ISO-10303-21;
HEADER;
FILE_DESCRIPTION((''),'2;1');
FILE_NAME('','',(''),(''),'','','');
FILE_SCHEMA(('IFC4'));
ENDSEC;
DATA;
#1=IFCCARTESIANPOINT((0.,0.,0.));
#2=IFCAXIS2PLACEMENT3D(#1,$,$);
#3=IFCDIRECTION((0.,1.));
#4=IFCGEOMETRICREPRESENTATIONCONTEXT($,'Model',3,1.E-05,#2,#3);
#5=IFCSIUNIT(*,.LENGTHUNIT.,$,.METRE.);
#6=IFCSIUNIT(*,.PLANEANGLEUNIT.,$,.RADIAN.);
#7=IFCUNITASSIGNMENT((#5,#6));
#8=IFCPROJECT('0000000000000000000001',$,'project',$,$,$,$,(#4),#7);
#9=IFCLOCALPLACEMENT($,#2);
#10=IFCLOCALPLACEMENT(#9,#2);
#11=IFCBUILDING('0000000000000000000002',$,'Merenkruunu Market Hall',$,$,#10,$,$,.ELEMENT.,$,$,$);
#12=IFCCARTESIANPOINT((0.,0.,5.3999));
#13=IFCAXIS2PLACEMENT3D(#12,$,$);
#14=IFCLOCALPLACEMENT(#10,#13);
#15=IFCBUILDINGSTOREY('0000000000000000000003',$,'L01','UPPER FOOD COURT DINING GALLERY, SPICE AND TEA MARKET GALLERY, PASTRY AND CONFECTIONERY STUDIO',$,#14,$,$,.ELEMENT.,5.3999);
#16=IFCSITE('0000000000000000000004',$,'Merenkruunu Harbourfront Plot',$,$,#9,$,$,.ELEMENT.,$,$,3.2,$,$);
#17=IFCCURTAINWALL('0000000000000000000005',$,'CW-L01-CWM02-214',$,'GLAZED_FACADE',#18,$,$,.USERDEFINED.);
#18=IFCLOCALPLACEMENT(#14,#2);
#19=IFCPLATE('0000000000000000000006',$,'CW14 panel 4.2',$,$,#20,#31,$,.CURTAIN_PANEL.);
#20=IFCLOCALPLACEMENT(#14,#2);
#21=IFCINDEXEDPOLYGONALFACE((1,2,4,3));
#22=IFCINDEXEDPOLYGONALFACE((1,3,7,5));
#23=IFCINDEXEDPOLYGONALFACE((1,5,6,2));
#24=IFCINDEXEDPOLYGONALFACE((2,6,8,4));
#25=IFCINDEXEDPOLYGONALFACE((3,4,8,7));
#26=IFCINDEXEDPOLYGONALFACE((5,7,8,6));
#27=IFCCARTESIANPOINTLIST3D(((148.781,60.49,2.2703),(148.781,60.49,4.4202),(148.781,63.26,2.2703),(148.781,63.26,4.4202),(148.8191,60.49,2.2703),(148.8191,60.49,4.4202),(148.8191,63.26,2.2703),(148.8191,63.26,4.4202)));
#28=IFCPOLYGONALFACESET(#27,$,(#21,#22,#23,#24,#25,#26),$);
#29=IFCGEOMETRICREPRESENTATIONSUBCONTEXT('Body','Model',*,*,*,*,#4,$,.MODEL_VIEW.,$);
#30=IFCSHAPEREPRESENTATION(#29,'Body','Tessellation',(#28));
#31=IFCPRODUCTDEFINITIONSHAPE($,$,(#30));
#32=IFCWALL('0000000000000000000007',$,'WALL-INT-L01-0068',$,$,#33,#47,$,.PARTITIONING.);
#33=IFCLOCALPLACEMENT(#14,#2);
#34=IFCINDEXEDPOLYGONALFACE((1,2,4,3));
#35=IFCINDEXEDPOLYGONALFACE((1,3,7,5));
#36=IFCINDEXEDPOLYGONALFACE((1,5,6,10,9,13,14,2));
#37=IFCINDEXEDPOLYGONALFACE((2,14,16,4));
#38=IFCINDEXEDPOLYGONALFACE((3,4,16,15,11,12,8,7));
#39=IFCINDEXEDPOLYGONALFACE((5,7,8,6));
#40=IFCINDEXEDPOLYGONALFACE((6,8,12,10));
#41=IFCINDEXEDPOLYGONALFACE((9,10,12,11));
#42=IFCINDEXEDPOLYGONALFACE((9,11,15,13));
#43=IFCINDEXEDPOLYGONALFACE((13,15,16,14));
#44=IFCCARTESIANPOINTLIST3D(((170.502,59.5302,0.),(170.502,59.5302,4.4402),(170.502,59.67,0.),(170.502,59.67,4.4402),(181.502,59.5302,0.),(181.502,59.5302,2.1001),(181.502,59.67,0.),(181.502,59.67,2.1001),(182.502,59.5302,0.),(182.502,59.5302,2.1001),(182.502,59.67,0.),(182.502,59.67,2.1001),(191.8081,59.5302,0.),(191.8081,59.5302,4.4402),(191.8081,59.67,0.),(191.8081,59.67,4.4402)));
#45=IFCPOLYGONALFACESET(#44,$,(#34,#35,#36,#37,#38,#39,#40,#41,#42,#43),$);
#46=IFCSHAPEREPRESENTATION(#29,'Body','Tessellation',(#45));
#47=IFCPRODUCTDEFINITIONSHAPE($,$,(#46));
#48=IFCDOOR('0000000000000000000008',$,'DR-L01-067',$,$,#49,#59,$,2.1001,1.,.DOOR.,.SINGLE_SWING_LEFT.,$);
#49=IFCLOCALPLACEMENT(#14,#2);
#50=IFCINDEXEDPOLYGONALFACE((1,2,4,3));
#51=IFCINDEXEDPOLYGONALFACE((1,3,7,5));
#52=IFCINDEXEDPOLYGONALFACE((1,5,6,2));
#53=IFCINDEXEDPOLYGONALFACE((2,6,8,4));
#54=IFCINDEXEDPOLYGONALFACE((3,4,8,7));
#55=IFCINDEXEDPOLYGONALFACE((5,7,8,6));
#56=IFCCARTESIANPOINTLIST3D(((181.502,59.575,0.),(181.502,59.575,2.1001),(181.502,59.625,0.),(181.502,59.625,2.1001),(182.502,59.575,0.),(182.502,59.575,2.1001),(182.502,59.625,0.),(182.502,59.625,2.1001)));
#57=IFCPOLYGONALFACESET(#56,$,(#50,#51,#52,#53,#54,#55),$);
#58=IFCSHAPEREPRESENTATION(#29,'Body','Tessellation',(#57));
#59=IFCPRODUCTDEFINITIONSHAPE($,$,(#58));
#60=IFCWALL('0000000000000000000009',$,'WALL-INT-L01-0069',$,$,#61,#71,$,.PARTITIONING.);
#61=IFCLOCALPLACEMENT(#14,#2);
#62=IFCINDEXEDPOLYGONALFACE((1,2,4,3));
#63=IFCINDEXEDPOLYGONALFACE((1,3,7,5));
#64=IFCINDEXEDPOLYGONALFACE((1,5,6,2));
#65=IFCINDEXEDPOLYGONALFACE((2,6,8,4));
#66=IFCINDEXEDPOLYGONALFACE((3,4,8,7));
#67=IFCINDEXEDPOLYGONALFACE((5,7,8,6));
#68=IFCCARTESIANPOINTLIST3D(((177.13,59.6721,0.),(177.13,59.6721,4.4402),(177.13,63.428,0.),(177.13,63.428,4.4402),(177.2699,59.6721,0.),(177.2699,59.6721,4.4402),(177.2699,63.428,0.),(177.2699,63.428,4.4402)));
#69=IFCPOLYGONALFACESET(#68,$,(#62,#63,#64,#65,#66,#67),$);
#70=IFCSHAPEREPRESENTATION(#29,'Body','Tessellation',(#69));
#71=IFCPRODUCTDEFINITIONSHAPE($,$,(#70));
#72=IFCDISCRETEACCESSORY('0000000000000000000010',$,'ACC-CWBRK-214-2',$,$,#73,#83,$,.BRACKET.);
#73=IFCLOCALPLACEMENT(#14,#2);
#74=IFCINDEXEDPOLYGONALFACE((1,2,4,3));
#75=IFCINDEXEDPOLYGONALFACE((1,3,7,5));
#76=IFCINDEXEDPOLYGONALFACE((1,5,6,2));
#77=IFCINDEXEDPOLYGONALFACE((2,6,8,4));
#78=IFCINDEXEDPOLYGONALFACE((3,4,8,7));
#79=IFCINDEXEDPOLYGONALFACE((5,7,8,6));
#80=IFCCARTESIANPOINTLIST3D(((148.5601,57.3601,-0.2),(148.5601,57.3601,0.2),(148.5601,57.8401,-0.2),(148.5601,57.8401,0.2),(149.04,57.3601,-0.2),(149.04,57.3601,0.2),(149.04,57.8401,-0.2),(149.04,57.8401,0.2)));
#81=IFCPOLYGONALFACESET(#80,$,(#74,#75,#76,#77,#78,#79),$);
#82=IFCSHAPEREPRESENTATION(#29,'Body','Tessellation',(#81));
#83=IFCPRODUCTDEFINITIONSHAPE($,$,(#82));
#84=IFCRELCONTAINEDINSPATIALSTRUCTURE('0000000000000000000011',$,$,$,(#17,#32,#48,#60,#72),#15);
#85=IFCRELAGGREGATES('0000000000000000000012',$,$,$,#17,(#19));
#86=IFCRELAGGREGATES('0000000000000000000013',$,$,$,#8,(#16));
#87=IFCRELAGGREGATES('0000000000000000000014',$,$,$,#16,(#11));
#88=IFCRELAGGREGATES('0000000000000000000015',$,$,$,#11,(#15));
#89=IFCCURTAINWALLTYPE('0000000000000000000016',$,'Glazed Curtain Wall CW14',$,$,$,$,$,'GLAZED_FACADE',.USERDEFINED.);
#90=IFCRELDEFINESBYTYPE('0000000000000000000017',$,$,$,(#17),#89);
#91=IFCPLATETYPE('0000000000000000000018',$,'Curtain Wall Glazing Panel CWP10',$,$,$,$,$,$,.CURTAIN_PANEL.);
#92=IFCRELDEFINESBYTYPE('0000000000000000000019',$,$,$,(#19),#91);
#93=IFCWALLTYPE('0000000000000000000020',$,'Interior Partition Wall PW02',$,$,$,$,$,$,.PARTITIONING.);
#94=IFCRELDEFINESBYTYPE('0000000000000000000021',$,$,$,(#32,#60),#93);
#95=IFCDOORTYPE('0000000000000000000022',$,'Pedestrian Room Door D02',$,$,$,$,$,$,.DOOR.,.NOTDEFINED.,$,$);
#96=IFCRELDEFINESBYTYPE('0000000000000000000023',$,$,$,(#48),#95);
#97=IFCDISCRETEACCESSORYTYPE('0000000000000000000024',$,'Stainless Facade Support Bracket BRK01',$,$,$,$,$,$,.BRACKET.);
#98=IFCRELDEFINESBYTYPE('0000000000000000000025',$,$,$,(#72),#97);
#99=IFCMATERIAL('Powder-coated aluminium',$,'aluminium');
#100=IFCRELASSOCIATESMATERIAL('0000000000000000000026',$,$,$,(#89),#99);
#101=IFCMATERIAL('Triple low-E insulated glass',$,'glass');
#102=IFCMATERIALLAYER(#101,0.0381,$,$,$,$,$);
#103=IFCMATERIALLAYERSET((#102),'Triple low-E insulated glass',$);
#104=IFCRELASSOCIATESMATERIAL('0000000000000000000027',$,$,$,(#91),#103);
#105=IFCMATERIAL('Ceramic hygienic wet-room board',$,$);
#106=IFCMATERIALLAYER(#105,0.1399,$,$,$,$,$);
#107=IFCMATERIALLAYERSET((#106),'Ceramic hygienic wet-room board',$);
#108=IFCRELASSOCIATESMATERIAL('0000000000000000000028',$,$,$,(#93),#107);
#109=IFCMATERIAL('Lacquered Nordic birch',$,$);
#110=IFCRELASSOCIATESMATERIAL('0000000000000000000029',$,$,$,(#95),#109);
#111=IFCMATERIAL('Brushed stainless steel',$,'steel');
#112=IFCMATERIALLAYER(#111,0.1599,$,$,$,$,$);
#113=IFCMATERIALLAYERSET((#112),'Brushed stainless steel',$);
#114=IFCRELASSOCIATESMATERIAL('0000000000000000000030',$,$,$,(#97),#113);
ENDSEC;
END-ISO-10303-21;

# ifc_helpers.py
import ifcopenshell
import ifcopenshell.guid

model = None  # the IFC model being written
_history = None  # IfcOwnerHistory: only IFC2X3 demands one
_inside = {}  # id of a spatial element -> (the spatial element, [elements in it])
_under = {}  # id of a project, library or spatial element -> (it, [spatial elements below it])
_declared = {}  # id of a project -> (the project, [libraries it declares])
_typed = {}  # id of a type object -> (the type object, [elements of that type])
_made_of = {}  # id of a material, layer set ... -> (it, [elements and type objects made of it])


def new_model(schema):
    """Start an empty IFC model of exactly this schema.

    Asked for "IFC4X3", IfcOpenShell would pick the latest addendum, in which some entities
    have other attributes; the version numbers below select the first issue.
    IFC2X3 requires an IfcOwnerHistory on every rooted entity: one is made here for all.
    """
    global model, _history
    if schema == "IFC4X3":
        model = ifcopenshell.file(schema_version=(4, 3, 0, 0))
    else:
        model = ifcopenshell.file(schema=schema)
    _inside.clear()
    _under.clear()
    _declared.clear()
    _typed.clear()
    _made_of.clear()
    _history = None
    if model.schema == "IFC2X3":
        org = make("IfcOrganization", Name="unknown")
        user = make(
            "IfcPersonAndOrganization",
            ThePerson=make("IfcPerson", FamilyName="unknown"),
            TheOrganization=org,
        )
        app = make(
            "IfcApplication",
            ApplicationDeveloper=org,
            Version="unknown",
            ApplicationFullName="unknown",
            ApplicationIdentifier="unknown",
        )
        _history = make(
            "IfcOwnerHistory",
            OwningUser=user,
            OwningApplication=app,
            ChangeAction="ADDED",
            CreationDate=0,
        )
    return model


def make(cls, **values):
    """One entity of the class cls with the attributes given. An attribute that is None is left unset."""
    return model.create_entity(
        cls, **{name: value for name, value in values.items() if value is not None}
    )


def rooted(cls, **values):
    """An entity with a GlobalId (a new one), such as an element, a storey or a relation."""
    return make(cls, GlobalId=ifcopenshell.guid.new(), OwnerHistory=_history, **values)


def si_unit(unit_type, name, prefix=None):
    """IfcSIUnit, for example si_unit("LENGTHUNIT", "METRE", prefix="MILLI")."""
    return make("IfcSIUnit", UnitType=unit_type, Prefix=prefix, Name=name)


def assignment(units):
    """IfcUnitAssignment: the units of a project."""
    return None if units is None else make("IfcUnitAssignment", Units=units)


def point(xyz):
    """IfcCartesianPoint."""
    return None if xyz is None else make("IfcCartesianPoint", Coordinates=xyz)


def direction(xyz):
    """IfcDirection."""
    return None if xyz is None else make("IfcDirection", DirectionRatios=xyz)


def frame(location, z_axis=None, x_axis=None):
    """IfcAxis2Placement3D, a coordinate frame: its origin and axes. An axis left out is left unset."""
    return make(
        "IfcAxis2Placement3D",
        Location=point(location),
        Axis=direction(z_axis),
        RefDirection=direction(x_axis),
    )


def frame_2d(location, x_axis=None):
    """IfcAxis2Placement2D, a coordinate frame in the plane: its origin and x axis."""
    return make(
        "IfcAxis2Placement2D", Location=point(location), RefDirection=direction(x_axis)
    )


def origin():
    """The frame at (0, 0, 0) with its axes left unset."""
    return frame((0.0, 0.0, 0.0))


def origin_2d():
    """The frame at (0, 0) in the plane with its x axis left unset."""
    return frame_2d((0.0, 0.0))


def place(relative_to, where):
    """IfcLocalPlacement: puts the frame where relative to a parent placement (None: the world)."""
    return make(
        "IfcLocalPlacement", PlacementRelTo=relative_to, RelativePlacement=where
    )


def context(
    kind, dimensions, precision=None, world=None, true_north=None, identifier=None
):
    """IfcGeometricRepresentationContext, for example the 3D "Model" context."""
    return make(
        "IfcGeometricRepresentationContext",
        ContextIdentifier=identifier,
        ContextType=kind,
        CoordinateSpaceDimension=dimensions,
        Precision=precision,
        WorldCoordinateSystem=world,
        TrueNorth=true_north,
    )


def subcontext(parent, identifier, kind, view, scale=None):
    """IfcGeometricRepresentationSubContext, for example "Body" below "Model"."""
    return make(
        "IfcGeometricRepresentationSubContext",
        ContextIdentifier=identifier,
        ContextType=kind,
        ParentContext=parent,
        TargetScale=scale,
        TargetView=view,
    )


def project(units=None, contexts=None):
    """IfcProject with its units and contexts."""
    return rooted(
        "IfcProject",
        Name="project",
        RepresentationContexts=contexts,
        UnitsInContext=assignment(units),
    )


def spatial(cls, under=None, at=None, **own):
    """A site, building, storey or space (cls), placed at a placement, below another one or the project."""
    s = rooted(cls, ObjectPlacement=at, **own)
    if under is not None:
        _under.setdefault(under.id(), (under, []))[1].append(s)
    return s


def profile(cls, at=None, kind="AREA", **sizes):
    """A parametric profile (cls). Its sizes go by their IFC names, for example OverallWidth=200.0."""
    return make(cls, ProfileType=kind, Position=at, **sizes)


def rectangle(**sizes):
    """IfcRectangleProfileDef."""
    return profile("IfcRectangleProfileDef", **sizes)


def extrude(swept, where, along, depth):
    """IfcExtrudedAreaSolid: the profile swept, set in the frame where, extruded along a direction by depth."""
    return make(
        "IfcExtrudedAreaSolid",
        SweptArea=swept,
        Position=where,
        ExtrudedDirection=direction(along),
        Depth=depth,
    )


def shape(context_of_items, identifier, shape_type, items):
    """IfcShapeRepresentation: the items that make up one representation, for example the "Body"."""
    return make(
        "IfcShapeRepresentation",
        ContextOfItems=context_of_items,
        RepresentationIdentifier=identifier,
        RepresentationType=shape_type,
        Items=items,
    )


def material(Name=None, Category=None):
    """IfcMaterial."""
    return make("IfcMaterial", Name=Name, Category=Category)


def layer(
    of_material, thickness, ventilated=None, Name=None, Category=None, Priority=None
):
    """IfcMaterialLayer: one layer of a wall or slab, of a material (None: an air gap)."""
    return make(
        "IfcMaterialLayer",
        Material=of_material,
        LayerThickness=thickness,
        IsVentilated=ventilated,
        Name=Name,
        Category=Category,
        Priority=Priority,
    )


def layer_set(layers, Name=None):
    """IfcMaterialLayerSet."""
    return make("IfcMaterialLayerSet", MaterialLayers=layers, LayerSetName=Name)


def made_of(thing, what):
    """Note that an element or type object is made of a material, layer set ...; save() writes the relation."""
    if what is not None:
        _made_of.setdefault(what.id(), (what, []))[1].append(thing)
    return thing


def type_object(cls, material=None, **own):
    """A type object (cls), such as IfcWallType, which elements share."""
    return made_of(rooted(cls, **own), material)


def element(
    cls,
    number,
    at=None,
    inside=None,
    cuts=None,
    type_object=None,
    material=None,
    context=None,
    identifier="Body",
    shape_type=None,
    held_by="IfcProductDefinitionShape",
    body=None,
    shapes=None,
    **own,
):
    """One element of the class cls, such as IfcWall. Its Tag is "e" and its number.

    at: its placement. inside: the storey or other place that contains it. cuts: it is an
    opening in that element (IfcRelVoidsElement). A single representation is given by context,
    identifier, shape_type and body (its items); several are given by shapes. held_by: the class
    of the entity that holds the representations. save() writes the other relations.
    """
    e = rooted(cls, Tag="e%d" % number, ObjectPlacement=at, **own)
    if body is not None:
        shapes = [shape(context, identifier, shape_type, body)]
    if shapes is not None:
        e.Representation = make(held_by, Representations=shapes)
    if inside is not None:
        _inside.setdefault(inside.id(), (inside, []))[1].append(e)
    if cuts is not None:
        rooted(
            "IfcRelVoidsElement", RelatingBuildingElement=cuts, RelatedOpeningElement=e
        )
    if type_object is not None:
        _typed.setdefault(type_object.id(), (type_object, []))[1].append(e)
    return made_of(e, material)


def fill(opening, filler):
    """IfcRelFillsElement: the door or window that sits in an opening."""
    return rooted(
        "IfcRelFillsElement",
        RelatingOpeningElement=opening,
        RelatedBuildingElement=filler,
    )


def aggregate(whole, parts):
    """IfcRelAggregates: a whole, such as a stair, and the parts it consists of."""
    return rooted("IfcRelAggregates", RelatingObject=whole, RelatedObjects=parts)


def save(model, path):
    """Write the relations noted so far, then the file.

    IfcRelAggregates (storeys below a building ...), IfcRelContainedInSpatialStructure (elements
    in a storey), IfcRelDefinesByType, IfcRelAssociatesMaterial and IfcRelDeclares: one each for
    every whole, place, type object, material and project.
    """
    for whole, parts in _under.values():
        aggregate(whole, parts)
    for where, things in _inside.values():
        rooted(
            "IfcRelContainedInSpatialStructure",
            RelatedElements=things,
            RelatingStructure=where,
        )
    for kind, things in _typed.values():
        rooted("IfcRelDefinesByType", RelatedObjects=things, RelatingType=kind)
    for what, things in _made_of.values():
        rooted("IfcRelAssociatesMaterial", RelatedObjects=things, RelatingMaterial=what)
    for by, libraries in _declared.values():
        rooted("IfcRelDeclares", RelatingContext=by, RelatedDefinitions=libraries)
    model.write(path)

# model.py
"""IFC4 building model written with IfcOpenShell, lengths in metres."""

from ifc_helpers import new_model, si_unit, direction, frame, frame_2d, origin, origin_2d, place, context, subcontext, project, spatial, rectangle, extrude, material, layer, layer_set, type_object, element, fill, aggregate, save


model = new_model("IFC4")

# Units and contexts
model_context = context("Model", 3, precision=1e-05, world=origin(), true_north=direction((0.0, 1.0)))
body_context = subcontext(model_context, "Body", "Model", "MODEL_VIEW")
ifc_project = project(units=[si_unit("LENGTHUNIT", "METRE"), si_unit("PLANEANGLEUNIT", "RADIAN")], contexts=[model_context])

# Site, building, storey
site_placement = place(None, origin())
site = spatial("IfcSite", under=ifc_project, at=site_placement, Name="Merenkruunu Harbourfront Plot", CompositionType="ELEMENT", RefElevation=3.2)
building_placement = place(site_placement, origin())
building = spatial("IfcBuilding", under=site, at=building_placement, Name="Merenkruunu Market Hall", CompositionType="ELEMENT")
storey_placement = place(building_placement, frame((0.0, 0.0, 5.3999)))
storey = spatial("IfcBuildingStorey", under=building, at=storey_placement, Name="L01", Description="UPPER FOOD COURT DINING GALLERY, SPICE AND TEA MARKET GALLERY, PASTRY AND CONFECTIONERY STUDIO", CompositionType="ELEMENT", Elevation=5.3999)

# Curtain wall
ifc_material_1 = material(Name="Powder-coated aluminium", Category="aluminium")
curtain_wall_type = type_object("IfcCurtainWallType", Name="Glazed Curtain Wall CW14", ElementType="GLAZED_FACADE", PredefinedType="USERDEFINED", material=ifc_material_1)
curtain_wall_placement = place(storey_placement, origin())
curtain_wall = element("IfcCurtainWall", 1, at=curtain_wall_placement, inside=storey, type_object=curtain_wall_type, Name="CW-L01-CWM02-214", ObjectType="GLAZED_FACADE", PredefinedType="USERDEFINED")

# Plate
ifc_material_2 = material(Name="Triple low-E insulated glass", Category="glass")
ifc_layer_1 = layer(ifc_material_2, 0.0381)
ifc_layer_set_1 = layer_set([ifc_layer_1], Name="Triple low-E insulated glass")
plate_type = type_object("IfcPlateType", Name="Curtain Wall Glazing Panel CWP10", PredefinedType="CURTAIN_PANEL", material=ifc_layer_set_1)
plate_1_placement = place(storey_placement, frame((148.8, 61.875, 2.2703), z_axis=(0.0, 0.0, 1.0), x_axis=(0.0, 1.0, 0.0)))
plate_1 = element("IfcPlate", 2, at=plate_1_placement, type_object=plate_type, Name="CW14 panel 4.2", PredefinedType="CURTAIN_PANEL", context=body_context, shape_type="SweptSolid", body=[
    extrude(rectangle(XDim=2.77, YDim=0.0381, at=origin_2d()), origin(), (0.0, 0.0, 1.0), 2.1499),
])
aggregate(curtain_wall, [plate_1])

# Wall, opening, door
ifc_material_3 = material(Name="Ceramic hygienic wet-room board")
ifc_layer_2 = layer(ifc_material_3, 0.1399)
ifc_layer_set_2 = layer_set([ifc_layer_2], Name="Ceramic hygienic wet-room board")
wall_type = type_object("IfcWallType", Name="Interior Partition Wall PW02", PredefinedType="PARTITIONING", material=ifc_layer_set_2)
wall_1_placement = place(storey_placement, frame((170.502, 59.6001, 0.0), z_axis=(0.0, 0.0, 1.0), x_axis=(1.0, 0.0, 0.0)))
wall_1 = element("IfcWall", 3, at=wall_1_placement, inside=storey, type_object=wall_type, Name="WALL-INT-L01-0068", PredefinedType="PARTITIONING", context=body_context, shape_type="SweptSolid", body=[
    extrude(rectangle(XDim=21.3062, YDim=0.1399, at=frame_2d((10.6531, 0.0))), origin(), (0.0, 0.0, 1.0), 4.4402),
])
opening_placement = place(wall_1_placement, frame((11.0, 0.0, 0.0)))
opening = element("IfcOpeningElement", 4, at=opening_placement, cuts=wall_1, PredefinedType="OPENING", context=body_context, shape_type="SweptSolid", body=[
    extrude(rectangle(XDim=1.0, YDim=2.1001, at=frame_2d((0.5, 1.05))), frame((0.0, 0.0801, 0.0), z_axis=(0.0, -1.0, 0.0), x_axis=(1.0, 0.0, 0.0)), (0.0, 0.0, 1.0), 0.1599),
])
ifc_material_4 = material(Name="Lacquered Nordic birch")
door_type = type_object("IfcDoorType", Name="Pedestrian Room Door D02", OperationType="NOTDEFINED", PredefinedType="DOOR", material=ifc_material_4)
door_placement = place(opening_placement, origin())
door = element("IfcDoor", 5, at=door_placement, inside=storey, type_object=door_type, Name="DR-L01-067", OperationType="SINGLE_SWING_LEFT", OverallHeight=2.1001, OverallWidth=1.0, PredefinedType="DOOR", context=body_context, shape_type="SweptSolid", body=[
    extrude(rectangle(XDim=1.0, YDim=2.1001, at=frame_2d((0.5, 1.05))), frame((0.0, 0.0249, 0.0), z_axis=(0.0, -1.0, 0.0), x_axis=(1.0, 0.0, 0.0)), (0.0, 0.0, 1.0), 0.05),
])
fill(opening, door)

# Wall
wall_2_placement = place(storey_placement, frame((177.2, 59.6721, 0.0), z_axis=(0.0, 0.0, 1.0), x_axis=(0.0, 1.0, 0.0)))
element("IfcWall", 6, at=wall_2_placement, inside=storey, type_object=wall_type, Name="WALL-INT-L01-0069", PredefinedType="PARTITIONING", context=body_context, shape_type="SweptSolid", body=[
    extrude(rectangle(XDim=3.7559, YDim=0.1399, at=frame_2d((1.8779, 0.0))), origin(), (0.0, 0.0, 1.0), 4.4402),
])

# Discrete accessory
ifc_material_5 = material(Name="Brushed stainless steel", Category="steel")
ifc_layer_3 = layer(ifc_material_5, 0.1599)
ifc_layer_set_3 = layer_set([ifc_layer_3], Name="Brushed stainless steel")
discrete_accessory_type = type_object("IfcDiscreteAccessoryType", Name="Stainless Facade Support Bracket BRK01", PredefinedType="BRACKET", material=ifc_layer_set_3)
discrete_accessory_placement = place(storey_placement, frame((148.8, 57.6001, -0.2), z_axis=(0.0, 0.0, 1.0), x_axis=(1.0, 0.0, 0.0)))
element("IfcDiscreteAccessory", 7, at=discrete_accessory_placement, inside=storey, type_object=discrete_accessory_type, Name="ACC-CWBRK-214-2", PredefinedType="BRACKET", context=body_context, shape_type="SweptSolid", body=[
    extrude(rectangle(XDim=0.48, YDim=0.48, at=origin_2d()), origin(), (0.0, 0.0, 1.0), 0.3999),
])

save(model, "model.ifc")
